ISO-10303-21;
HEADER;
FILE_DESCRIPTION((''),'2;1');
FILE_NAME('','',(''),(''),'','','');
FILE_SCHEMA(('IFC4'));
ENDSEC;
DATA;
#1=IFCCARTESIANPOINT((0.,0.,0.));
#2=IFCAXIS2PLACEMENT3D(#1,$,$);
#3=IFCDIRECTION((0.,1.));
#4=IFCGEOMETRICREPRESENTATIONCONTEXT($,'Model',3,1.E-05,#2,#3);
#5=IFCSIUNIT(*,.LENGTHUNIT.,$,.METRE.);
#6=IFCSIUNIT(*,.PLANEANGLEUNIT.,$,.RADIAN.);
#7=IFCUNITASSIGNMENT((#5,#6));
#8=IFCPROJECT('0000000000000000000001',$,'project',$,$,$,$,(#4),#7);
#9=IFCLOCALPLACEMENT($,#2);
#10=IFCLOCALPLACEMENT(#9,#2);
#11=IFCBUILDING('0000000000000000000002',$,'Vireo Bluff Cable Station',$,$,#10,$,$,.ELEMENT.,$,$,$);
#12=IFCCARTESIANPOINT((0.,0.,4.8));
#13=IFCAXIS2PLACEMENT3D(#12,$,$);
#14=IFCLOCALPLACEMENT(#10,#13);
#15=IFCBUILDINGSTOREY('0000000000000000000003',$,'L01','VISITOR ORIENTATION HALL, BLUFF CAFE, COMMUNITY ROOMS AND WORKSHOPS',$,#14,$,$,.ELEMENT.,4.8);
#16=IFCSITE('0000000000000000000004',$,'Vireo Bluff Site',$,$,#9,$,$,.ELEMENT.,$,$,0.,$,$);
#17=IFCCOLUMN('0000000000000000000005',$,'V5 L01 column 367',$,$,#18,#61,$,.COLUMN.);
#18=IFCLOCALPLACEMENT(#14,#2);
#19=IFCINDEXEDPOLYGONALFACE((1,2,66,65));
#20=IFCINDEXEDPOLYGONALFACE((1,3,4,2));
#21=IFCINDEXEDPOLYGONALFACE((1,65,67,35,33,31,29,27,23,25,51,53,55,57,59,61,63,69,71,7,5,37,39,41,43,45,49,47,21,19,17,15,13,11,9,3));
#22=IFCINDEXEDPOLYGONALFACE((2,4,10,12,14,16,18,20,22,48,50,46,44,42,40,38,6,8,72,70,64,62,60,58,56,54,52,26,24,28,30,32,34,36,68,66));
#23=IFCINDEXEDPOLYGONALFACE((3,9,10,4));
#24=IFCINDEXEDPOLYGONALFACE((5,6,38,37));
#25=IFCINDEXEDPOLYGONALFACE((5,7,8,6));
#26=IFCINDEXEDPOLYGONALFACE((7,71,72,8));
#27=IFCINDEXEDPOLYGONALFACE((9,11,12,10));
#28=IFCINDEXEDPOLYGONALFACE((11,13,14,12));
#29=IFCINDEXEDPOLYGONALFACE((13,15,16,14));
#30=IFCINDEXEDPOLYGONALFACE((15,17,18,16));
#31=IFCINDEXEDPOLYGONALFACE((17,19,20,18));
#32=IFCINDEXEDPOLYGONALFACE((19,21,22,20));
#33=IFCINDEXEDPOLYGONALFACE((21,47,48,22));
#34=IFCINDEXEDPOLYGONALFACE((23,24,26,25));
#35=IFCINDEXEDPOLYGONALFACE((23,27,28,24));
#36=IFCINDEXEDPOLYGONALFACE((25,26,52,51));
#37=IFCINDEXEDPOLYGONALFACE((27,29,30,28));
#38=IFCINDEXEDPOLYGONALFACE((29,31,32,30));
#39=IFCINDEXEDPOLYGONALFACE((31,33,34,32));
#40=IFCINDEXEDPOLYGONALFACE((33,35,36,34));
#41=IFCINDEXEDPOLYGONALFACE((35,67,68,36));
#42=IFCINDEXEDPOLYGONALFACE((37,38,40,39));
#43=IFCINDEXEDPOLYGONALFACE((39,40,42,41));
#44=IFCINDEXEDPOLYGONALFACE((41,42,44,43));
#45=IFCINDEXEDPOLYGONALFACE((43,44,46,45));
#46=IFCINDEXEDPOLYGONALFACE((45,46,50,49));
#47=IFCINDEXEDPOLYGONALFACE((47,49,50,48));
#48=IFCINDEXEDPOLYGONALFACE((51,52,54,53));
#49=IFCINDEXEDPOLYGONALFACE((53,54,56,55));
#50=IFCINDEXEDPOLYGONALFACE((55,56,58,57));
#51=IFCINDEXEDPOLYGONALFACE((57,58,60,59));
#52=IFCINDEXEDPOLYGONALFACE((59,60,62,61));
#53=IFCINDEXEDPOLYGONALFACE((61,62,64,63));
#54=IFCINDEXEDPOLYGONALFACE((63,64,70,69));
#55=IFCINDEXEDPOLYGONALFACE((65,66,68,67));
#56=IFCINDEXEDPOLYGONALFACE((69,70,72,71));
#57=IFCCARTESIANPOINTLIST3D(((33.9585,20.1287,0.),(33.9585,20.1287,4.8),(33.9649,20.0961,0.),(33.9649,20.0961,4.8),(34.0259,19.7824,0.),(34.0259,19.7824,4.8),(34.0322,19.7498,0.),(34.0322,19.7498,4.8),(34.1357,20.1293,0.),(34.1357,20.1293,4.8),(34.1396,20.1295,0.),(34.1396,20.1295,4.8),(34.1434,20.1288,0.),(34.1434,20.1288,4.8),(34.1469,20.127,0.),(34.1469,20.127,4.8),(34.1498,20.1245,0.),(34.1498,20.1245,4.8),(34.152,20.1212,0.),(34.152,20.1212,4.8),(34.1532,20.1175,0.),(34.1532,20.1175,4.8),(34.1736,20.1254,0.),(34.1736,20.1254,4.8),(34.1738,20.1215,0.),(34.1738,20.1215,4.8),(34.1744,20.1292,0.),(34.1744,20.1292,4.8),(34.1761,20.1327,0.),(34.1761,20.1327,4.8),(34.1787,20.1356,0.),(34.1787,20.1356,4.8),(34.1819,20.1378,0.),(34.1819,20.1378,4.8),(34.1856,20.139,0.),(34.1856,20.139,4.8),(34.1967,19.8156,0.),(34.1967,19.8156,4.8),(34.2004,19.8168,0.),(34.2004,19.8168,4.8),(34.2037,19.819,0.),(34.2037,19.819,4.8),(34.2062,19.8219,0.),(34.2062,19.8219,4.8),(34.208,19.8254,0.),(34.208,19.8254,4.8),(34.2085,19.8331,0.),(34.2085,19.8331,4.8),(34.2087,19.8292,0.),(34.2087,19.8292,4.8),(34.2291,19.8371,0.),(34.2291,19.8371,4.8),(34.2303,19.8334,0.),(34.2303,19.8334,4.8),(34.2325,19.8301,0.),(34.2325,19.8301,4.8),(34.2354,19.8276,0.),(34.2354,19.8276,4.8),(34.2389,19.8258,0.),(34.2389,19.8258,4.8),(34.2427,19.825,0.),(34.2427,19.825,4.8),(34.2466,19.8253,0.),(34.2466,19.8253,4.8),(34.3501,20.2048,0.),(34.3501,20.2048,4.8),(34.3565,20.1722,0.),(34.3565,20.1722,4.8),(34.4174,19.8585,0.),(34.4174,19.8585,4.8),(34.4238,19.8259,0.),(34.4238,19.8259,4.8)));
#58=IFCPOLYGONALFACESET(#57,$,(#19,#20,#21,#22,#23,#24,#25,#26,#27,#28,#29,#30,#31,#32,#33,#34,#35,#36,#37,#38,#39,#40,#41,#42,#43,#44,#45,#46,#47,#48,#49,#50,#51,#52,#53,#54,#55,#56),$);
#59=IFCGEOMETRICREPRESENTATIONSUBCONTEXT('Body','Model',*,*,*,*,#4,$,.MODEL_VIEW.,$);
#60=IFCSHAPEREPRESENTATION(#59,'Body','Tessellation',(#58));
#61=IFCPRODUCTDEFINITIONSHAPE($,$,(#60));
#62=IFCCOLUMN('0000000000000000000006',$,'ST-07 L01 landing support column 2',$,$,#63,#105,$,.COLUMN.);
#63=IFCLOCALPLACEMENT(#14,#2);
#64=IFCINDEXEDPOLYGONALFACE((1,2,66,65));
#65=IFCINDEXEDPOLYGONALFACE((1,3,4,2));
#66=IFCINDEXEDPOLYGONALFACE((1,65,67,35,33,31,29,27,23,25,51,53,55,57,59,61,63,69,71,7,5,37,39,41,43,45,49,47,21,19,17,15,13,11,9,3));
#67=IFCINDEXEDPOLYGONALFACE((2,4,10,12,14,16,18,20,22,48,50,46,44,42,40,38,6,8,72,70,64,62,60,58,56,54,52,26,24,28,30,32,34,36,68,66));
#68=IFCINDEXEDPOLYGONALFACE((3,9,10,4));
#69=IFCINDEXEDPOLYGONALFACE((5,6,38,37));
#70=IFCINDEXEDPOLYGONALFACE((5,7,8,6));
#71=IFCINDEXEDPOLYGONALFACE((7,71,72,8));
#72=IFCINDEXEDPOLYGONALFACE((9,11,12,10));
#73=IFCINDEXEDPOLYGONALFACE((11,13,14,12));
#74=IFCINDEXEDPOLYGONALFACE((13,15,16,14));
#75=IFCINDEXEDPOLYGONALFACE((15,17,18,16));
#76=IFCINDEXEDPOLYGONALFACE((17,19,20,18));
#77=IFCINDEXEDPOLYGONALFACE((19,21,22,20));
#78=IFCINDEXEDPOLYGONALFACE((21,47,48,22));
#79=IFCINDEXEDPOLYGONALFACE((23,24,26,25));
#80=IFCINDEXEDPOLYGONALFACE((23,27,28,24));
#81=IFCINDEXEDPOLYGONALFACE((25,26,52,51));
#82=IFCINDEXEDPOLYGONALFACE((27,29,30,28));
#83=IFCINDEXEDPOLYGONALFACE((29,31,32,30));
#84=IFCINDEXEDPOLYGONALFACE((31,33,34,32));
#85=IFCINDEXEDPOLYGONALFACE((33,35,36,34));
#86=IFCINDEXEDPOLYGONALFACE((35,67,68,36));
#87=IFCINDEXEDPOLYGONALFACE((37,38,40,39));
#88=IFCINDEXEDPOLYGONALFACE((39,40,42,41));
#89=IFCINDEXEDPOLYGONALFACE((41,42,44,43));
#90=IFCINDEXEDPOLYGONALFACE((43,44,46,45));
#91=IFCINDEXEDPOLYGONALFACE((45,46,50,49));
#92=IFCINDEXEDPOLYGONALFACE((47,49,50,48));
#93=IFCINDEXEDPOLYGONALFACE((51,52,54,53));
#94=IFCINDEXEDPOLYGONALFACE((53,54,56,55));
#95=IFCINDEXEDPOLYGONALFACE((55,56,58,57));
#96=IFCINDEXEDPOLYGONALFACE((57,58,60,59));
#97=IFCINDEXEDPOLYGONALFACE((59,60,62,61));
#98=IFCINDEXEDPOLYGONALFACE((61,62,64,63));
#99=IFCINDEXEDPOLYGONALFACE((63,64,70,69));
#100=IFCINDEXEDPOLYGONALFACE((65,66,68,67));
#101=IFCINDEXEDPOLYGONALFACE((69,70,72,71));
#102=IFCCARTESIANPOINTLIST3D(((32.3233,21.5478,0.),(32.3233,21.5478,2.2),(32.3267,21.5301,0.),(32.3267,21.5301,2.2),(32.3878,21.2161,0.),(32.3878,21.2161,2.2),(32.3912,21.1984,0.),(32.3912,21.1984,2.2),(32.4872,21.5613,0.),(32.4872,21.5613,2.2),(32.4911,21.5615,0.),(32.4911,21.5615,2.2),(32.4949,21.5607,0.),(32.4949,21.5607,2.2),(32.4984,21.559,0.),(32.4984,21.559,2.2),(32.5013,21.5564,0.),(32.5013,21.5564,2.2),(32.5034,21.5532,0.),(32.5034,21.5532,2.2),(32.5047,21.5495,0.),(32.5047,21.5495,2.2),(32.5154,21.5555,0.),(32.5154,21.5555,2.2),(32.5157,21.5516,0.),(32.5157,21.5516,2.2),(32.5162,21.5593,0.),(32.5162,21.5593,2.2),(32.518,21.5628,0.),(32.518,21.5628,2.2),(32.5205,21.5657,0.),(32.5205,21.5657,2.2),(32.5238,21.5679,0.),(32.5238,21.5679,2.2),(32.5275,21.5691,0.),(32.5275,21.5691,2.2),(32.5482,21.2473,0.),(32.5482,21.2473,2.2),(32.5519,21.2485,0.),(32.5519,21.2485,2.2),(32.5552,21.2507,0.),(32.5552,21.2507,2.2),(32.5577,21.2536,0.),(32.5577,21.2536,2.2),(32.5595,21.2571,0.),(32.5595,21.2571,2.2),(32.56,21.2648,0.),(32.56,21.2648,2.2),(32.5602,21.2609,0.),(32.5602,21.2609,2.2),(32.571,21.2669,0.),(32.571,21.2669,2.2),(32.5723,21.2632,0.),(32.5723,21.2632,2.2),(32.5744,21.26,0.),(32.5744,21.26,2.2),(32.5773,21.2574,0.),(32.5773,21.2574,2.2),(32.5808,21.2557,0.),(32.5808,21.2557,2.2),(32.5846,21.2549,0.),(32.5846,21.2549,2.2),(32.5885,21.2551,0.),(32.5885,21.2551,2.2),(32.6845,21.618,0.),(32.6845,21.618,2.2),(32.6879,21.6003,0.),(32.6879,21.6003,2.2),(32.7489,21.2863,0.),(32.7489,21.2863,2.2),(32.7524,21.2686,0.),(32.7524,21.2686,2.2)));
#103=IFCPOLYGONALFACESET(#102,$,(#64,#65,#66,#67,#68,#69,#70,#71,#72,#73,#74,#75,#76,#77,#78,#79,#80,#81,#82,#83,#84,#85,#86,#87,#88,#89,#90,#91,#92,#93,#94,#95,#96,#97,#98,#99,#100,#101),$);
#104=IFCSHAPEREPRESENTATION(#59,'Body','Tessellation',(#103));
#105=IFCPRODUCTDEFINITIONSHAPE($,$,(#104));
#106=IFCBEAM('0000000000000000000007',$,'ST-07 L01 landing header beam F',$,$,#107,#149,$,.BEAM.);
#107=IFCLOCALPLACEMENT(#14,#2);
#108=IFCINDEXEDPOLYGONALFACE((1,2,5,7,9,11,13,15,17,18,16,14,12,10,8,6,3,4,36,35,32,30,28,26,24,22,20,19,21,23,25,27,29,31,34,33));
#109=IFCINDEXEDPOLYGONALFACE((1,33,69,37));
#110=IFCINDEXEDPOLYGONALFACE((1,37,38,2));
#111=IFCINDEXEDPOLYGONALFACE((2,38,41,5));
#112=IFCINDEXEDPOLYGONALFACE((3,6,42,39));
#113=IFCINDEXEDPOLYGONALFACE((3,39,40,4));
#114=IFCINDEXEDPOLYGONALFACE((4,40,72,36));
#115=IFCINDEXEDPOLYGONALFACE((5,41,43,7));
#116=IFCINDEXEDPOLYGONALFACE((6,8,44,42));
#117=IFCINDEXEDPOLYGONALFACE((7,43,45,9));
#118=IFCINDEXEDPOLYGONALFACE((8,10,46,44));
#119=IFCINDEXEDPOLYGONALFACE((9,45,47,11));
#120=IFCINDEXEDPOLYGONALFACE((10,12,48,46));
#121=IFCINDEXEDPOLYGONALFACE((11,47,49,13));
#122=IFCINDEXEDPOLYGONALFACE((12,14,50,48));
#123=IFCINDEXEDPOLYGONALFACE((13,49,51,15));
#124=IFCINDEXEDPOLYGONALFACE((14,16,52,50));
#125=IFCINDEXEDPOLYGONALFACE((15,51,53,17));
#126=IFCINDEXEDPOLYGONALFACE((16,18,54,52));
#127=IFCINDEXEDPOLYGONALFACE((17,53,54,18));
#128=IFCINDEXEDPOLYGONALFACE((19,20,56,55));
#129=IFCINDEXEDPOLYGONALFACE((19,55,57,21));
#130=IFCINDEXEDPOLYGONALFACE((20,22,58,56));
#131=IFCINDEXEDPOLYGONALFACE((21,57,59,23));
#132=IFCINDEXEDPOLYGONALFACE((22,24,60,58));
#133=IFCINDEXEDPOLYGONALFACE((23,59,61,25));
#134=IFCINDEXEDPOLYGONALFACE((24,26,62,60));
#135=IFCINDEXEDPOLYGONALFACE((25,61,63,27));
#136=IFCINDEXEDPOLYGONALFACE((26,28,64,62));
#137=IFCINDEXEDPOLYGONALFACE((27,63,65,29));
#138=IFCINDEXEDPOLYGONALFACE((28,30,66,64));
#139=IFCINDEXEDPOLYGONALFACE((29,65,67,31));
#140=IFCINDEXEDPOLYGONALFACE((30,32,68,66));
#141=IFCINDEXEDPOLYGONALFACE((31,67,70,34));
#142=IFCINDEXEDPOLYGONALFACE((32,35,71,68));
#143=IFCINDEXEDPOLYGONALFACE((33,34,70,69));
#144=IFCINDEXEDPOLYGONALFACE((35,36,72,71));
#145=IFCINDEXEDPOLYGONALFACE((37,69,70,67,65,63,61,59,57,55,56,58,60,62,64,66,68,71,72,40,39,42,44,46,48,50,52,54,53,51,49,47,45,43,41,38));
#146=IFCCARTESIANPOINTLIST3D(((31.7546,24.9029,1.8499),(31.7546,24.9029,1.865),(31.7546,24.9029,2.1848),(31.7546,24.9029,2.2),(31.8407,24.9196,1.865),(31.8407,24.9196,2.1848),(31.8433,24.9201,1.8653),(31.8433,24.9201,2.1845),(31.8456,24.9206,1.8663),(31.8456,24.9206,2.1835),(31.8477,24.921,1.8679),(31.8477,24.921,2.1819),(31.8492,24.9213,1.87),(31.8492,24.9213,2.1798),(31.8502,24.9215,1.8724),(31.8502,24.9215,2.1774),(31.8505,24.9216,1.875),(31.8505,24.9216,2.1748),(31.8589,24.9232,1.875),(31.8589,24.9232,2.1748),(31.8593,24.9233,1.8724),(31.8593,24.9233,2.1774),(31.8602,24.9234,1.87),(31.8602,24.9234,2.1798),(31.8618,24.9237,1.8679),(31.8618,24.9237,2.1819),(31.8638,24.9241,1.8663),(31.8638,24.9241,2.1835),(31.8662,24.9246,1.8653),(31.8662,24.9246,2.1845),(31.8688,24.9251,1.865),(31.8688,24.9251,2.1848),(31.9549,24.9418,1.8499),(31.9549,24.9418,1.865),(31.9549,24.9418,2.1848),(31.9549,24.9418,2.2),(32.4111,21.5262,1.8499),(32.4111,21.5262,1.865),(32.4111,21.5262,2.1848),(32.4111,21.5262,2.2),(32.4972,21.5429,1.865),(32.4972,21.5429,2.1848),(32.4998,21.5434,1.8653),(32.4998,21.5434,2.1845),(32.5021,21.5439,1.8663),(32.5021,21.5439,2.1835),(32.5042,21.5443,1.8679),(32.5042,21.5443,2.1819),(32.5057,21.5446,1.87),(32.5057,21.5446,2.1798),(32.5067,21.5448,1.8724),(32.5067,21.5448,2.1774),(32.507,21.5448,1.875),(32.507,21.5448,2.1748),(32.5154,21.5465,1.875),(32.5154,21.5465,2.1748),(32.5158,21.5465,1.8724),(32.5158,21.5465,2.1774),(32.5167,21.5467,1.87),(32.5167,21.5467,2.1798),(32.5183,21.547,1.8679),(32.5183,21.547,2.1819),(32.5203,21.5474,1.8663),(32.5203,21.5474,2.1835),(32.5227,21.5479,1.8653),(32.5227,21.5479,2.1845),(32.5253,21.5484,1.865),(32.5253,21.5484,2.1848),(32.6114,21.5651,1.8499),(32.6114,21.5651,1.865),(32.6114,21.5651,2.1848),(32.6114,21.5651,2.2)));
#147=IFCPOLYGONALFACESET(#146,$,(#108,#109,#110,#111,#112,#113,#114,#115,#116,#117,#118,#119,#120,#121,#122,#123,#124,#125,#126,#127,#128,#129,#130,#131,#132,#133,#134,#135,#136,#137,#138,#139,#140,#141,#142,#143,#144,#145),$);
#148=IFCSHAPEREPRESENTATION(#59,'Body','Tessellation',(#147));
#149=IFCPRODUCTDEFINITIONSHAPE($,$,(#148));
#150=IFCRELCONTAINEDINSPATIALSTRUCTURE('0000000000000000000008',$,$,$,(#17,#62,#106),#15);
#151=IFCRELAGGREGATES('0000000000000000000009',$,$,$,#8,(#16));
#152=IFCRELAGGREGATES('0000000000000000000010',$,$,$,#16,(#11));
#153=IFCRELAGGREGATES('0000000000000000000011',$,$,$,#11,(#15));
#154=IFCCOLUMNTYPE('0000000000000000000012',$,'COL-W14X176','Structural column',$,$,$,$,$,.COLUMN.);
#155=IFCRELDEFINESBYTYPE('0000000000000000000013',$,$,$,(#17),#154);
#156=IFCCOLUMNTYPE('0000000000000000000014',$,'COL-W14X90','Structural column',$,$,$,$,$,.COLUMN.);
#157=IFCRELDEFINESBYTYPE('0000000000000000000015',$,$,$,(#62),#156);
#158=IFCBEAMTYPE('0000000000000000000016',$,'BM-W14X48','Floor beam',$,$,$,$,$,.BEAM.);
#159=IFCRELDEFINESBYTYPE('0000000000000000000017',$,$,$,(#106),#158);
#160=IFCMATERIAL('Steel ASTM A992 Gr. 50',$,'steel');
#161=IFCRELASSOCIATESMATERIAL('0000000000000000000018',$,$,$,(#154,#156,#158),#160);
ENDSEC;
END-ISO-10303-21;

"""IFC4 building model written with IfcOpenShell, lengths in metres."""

from ifc_helpers import new_model, si_unit, direction, frame, origin, origin_2d, place, context, subcontext, project, spatial, i_section, extrude, material, material_profile, profile_set, type_object, element, save


model = new_model("IFC4")

# Units and contexts
model_context = context("Model", 3, precision=1e-05, world=origin(), true_north=direction((0.0, 1.0)))
body_context = subcontext(model_context, "Body", "Model", "MODEL_VIEW")
ifc_project = project(units=[si_unit("LENGTHUNIT", "METRE"), si_unit("PLANEANGLEUNIT", "RADIAN")], contexts=[model_context])

# Site, building, storey
site_placement = place(None, origin())
site = spatial("IfcSite", under=ifc_project, at=site_placement, Name="Vireo Bluff Site", CompositionType="ELEMENT", RefElevation=0.0)
building_placement = place(site_placement, origin())
building = spatial("IfcBuilding", under=site, at=building_placement, Name="Vireo Bluff Cable Station", CompositionType="ELEMENT")
storey_placement = place(building_placement, frame((0.0, 0.0, 4.8)))
storey = spatial("IfcBuildingStorey", under=building, at=storey_placement, Name="L01", Description="VISITOR ORIENTATION HALL, BLUFF CAFE, COMMUNITY ROOMS AND WORKSHOPS", CompositionType="ELEMENT", Elevation=4.8)

# Columns
ifc_material_1 = material(Name="Steel ASTM A992 Gr. 50", Category="steel")
ifc_material_profile_1 = material_profile(ifc_material_1, i_section(OverallWidth=0.3989, OverallDepth=0.386, WebThickness=0.021, FlangeThickness=0.0332, FilletRadius=0.0149, at=origin_2d()), Name="W14X176")
ifc_profile_set_1 = profile_set([ifc_material_profile_1], Name="Steel ASTM A992 Gr. 50")
column_type_1 = type_object("IfcColumnType", Name="COL-W14X176", Description="Structural column", PredefinedType="COLUMN", material=ifc_profile_set_1)
column_1_placement = place(storey_placement, frame((34.1912, 19.9773, 0.0), z_axis=(0.0, 0.0, 1.0), x_axis=(0.981627, 0.190809, 0.0)))
element("IfcColumn", 1, at=column_1_placement, inside=storey, type_object=column_type_1, Name="V5 L01 column 367", PredefinedType="COLUMN", context=body_context, shape_type="SweptSolid", body=[
    extrude(i_section(OverallWidth=0.3989, OverallDepth=0.386, WebThickness=0.021, FlangeThickness=0.0332, FilletRadius=0.0149, at=origin_2d()), origin(), (0.0, 0.0, 1.0), 4.8),
])
ifc_material_profile_2 = material_profile(ifc_material_1, i_section(OverallWidth=0.3679, OverallDepth=0.356, WebThickness=0.0112, FlangeThickness=0.0181, FilletRadius=0.0149, at=origin_2d()), Name="W14X90")
ifc_profile_set_2 = profile_set([ifc_material_profile_2], Name="Steel ASTM A992 Gr. 50")
column_type_2 = type_object("IfcColumnType", Name="COL-W14X90", Description="Structural column", PredefinedType="COLUMN", material=ifc_profile_set_2)
column_2_placement = place(storey_placement, frame((32.5378, 21.4082, 0.0), z_axis=(0.0, 0.0, 1.0), x_axis=(0.981627, 0.190809, 0.0)))
element("IfcColumn", 2, at=column_2_placement, inside=storey, type_object=column_type_2, Name="ST-07 L01 landing support column 2", PredefinedType="COLUMN", context=body_context, shape_type="SweptSolid", body=[
    extrude(i_section(OverallWidth=0.3679, OverallDepth=0.356, WebThickness=0.0112, FlangeThickness=0.0181, FilletRadius=0.0149, at=origin_2d()), origin(), (0.0, 0.0, 1.0), 2.2),
])

# Beam
ifc_material_profile_3 = material_profile(ifc_material_1, i_section(OverallWidth=0.2041, OverallDepth=0.3501, WebThickness=0.0085, FlangeThickness=0.0151, FilletRadius=0.01, at=origin_2d()), Name="W14X48")
ifc_profile_set_3 = profile_set([ifc_material_profile_3], Name="Steel ASTM A992 Gr. 50")
beam_type_1 = type_object("IfcBeamType", Name="BM-W14X48", Description="Floor beam", PredefinedType="BEAM", material=ifc_profile_set_3)
beam_1_placement = place(storey_placement, frame((32.5112, 21.5457, 2.0249), z_axis=(-0.190845, 0.98162, 0.0), x_axis=(-0.98162, -0.190845, 0.0)))
element("IfcBeam", 3, at=beam_1_placement, inside=storey, type_object=beam_type_1, Name="ST-07 L01 landing header beam F", PredefinedType="BEAM", context=body_context, shape_type="SweptSolid", body=[
    extrude(i_section(OverallWidth=0.2041, OverallDepth=0.3501, WebThickness=0.0085, FlangeThickness=0.0151, FilletRadius=0.01, at=origin_2d()), origin(), (0.0, 0.0, 1.0), 3.4399),
])

save(model, "model.ifc")
